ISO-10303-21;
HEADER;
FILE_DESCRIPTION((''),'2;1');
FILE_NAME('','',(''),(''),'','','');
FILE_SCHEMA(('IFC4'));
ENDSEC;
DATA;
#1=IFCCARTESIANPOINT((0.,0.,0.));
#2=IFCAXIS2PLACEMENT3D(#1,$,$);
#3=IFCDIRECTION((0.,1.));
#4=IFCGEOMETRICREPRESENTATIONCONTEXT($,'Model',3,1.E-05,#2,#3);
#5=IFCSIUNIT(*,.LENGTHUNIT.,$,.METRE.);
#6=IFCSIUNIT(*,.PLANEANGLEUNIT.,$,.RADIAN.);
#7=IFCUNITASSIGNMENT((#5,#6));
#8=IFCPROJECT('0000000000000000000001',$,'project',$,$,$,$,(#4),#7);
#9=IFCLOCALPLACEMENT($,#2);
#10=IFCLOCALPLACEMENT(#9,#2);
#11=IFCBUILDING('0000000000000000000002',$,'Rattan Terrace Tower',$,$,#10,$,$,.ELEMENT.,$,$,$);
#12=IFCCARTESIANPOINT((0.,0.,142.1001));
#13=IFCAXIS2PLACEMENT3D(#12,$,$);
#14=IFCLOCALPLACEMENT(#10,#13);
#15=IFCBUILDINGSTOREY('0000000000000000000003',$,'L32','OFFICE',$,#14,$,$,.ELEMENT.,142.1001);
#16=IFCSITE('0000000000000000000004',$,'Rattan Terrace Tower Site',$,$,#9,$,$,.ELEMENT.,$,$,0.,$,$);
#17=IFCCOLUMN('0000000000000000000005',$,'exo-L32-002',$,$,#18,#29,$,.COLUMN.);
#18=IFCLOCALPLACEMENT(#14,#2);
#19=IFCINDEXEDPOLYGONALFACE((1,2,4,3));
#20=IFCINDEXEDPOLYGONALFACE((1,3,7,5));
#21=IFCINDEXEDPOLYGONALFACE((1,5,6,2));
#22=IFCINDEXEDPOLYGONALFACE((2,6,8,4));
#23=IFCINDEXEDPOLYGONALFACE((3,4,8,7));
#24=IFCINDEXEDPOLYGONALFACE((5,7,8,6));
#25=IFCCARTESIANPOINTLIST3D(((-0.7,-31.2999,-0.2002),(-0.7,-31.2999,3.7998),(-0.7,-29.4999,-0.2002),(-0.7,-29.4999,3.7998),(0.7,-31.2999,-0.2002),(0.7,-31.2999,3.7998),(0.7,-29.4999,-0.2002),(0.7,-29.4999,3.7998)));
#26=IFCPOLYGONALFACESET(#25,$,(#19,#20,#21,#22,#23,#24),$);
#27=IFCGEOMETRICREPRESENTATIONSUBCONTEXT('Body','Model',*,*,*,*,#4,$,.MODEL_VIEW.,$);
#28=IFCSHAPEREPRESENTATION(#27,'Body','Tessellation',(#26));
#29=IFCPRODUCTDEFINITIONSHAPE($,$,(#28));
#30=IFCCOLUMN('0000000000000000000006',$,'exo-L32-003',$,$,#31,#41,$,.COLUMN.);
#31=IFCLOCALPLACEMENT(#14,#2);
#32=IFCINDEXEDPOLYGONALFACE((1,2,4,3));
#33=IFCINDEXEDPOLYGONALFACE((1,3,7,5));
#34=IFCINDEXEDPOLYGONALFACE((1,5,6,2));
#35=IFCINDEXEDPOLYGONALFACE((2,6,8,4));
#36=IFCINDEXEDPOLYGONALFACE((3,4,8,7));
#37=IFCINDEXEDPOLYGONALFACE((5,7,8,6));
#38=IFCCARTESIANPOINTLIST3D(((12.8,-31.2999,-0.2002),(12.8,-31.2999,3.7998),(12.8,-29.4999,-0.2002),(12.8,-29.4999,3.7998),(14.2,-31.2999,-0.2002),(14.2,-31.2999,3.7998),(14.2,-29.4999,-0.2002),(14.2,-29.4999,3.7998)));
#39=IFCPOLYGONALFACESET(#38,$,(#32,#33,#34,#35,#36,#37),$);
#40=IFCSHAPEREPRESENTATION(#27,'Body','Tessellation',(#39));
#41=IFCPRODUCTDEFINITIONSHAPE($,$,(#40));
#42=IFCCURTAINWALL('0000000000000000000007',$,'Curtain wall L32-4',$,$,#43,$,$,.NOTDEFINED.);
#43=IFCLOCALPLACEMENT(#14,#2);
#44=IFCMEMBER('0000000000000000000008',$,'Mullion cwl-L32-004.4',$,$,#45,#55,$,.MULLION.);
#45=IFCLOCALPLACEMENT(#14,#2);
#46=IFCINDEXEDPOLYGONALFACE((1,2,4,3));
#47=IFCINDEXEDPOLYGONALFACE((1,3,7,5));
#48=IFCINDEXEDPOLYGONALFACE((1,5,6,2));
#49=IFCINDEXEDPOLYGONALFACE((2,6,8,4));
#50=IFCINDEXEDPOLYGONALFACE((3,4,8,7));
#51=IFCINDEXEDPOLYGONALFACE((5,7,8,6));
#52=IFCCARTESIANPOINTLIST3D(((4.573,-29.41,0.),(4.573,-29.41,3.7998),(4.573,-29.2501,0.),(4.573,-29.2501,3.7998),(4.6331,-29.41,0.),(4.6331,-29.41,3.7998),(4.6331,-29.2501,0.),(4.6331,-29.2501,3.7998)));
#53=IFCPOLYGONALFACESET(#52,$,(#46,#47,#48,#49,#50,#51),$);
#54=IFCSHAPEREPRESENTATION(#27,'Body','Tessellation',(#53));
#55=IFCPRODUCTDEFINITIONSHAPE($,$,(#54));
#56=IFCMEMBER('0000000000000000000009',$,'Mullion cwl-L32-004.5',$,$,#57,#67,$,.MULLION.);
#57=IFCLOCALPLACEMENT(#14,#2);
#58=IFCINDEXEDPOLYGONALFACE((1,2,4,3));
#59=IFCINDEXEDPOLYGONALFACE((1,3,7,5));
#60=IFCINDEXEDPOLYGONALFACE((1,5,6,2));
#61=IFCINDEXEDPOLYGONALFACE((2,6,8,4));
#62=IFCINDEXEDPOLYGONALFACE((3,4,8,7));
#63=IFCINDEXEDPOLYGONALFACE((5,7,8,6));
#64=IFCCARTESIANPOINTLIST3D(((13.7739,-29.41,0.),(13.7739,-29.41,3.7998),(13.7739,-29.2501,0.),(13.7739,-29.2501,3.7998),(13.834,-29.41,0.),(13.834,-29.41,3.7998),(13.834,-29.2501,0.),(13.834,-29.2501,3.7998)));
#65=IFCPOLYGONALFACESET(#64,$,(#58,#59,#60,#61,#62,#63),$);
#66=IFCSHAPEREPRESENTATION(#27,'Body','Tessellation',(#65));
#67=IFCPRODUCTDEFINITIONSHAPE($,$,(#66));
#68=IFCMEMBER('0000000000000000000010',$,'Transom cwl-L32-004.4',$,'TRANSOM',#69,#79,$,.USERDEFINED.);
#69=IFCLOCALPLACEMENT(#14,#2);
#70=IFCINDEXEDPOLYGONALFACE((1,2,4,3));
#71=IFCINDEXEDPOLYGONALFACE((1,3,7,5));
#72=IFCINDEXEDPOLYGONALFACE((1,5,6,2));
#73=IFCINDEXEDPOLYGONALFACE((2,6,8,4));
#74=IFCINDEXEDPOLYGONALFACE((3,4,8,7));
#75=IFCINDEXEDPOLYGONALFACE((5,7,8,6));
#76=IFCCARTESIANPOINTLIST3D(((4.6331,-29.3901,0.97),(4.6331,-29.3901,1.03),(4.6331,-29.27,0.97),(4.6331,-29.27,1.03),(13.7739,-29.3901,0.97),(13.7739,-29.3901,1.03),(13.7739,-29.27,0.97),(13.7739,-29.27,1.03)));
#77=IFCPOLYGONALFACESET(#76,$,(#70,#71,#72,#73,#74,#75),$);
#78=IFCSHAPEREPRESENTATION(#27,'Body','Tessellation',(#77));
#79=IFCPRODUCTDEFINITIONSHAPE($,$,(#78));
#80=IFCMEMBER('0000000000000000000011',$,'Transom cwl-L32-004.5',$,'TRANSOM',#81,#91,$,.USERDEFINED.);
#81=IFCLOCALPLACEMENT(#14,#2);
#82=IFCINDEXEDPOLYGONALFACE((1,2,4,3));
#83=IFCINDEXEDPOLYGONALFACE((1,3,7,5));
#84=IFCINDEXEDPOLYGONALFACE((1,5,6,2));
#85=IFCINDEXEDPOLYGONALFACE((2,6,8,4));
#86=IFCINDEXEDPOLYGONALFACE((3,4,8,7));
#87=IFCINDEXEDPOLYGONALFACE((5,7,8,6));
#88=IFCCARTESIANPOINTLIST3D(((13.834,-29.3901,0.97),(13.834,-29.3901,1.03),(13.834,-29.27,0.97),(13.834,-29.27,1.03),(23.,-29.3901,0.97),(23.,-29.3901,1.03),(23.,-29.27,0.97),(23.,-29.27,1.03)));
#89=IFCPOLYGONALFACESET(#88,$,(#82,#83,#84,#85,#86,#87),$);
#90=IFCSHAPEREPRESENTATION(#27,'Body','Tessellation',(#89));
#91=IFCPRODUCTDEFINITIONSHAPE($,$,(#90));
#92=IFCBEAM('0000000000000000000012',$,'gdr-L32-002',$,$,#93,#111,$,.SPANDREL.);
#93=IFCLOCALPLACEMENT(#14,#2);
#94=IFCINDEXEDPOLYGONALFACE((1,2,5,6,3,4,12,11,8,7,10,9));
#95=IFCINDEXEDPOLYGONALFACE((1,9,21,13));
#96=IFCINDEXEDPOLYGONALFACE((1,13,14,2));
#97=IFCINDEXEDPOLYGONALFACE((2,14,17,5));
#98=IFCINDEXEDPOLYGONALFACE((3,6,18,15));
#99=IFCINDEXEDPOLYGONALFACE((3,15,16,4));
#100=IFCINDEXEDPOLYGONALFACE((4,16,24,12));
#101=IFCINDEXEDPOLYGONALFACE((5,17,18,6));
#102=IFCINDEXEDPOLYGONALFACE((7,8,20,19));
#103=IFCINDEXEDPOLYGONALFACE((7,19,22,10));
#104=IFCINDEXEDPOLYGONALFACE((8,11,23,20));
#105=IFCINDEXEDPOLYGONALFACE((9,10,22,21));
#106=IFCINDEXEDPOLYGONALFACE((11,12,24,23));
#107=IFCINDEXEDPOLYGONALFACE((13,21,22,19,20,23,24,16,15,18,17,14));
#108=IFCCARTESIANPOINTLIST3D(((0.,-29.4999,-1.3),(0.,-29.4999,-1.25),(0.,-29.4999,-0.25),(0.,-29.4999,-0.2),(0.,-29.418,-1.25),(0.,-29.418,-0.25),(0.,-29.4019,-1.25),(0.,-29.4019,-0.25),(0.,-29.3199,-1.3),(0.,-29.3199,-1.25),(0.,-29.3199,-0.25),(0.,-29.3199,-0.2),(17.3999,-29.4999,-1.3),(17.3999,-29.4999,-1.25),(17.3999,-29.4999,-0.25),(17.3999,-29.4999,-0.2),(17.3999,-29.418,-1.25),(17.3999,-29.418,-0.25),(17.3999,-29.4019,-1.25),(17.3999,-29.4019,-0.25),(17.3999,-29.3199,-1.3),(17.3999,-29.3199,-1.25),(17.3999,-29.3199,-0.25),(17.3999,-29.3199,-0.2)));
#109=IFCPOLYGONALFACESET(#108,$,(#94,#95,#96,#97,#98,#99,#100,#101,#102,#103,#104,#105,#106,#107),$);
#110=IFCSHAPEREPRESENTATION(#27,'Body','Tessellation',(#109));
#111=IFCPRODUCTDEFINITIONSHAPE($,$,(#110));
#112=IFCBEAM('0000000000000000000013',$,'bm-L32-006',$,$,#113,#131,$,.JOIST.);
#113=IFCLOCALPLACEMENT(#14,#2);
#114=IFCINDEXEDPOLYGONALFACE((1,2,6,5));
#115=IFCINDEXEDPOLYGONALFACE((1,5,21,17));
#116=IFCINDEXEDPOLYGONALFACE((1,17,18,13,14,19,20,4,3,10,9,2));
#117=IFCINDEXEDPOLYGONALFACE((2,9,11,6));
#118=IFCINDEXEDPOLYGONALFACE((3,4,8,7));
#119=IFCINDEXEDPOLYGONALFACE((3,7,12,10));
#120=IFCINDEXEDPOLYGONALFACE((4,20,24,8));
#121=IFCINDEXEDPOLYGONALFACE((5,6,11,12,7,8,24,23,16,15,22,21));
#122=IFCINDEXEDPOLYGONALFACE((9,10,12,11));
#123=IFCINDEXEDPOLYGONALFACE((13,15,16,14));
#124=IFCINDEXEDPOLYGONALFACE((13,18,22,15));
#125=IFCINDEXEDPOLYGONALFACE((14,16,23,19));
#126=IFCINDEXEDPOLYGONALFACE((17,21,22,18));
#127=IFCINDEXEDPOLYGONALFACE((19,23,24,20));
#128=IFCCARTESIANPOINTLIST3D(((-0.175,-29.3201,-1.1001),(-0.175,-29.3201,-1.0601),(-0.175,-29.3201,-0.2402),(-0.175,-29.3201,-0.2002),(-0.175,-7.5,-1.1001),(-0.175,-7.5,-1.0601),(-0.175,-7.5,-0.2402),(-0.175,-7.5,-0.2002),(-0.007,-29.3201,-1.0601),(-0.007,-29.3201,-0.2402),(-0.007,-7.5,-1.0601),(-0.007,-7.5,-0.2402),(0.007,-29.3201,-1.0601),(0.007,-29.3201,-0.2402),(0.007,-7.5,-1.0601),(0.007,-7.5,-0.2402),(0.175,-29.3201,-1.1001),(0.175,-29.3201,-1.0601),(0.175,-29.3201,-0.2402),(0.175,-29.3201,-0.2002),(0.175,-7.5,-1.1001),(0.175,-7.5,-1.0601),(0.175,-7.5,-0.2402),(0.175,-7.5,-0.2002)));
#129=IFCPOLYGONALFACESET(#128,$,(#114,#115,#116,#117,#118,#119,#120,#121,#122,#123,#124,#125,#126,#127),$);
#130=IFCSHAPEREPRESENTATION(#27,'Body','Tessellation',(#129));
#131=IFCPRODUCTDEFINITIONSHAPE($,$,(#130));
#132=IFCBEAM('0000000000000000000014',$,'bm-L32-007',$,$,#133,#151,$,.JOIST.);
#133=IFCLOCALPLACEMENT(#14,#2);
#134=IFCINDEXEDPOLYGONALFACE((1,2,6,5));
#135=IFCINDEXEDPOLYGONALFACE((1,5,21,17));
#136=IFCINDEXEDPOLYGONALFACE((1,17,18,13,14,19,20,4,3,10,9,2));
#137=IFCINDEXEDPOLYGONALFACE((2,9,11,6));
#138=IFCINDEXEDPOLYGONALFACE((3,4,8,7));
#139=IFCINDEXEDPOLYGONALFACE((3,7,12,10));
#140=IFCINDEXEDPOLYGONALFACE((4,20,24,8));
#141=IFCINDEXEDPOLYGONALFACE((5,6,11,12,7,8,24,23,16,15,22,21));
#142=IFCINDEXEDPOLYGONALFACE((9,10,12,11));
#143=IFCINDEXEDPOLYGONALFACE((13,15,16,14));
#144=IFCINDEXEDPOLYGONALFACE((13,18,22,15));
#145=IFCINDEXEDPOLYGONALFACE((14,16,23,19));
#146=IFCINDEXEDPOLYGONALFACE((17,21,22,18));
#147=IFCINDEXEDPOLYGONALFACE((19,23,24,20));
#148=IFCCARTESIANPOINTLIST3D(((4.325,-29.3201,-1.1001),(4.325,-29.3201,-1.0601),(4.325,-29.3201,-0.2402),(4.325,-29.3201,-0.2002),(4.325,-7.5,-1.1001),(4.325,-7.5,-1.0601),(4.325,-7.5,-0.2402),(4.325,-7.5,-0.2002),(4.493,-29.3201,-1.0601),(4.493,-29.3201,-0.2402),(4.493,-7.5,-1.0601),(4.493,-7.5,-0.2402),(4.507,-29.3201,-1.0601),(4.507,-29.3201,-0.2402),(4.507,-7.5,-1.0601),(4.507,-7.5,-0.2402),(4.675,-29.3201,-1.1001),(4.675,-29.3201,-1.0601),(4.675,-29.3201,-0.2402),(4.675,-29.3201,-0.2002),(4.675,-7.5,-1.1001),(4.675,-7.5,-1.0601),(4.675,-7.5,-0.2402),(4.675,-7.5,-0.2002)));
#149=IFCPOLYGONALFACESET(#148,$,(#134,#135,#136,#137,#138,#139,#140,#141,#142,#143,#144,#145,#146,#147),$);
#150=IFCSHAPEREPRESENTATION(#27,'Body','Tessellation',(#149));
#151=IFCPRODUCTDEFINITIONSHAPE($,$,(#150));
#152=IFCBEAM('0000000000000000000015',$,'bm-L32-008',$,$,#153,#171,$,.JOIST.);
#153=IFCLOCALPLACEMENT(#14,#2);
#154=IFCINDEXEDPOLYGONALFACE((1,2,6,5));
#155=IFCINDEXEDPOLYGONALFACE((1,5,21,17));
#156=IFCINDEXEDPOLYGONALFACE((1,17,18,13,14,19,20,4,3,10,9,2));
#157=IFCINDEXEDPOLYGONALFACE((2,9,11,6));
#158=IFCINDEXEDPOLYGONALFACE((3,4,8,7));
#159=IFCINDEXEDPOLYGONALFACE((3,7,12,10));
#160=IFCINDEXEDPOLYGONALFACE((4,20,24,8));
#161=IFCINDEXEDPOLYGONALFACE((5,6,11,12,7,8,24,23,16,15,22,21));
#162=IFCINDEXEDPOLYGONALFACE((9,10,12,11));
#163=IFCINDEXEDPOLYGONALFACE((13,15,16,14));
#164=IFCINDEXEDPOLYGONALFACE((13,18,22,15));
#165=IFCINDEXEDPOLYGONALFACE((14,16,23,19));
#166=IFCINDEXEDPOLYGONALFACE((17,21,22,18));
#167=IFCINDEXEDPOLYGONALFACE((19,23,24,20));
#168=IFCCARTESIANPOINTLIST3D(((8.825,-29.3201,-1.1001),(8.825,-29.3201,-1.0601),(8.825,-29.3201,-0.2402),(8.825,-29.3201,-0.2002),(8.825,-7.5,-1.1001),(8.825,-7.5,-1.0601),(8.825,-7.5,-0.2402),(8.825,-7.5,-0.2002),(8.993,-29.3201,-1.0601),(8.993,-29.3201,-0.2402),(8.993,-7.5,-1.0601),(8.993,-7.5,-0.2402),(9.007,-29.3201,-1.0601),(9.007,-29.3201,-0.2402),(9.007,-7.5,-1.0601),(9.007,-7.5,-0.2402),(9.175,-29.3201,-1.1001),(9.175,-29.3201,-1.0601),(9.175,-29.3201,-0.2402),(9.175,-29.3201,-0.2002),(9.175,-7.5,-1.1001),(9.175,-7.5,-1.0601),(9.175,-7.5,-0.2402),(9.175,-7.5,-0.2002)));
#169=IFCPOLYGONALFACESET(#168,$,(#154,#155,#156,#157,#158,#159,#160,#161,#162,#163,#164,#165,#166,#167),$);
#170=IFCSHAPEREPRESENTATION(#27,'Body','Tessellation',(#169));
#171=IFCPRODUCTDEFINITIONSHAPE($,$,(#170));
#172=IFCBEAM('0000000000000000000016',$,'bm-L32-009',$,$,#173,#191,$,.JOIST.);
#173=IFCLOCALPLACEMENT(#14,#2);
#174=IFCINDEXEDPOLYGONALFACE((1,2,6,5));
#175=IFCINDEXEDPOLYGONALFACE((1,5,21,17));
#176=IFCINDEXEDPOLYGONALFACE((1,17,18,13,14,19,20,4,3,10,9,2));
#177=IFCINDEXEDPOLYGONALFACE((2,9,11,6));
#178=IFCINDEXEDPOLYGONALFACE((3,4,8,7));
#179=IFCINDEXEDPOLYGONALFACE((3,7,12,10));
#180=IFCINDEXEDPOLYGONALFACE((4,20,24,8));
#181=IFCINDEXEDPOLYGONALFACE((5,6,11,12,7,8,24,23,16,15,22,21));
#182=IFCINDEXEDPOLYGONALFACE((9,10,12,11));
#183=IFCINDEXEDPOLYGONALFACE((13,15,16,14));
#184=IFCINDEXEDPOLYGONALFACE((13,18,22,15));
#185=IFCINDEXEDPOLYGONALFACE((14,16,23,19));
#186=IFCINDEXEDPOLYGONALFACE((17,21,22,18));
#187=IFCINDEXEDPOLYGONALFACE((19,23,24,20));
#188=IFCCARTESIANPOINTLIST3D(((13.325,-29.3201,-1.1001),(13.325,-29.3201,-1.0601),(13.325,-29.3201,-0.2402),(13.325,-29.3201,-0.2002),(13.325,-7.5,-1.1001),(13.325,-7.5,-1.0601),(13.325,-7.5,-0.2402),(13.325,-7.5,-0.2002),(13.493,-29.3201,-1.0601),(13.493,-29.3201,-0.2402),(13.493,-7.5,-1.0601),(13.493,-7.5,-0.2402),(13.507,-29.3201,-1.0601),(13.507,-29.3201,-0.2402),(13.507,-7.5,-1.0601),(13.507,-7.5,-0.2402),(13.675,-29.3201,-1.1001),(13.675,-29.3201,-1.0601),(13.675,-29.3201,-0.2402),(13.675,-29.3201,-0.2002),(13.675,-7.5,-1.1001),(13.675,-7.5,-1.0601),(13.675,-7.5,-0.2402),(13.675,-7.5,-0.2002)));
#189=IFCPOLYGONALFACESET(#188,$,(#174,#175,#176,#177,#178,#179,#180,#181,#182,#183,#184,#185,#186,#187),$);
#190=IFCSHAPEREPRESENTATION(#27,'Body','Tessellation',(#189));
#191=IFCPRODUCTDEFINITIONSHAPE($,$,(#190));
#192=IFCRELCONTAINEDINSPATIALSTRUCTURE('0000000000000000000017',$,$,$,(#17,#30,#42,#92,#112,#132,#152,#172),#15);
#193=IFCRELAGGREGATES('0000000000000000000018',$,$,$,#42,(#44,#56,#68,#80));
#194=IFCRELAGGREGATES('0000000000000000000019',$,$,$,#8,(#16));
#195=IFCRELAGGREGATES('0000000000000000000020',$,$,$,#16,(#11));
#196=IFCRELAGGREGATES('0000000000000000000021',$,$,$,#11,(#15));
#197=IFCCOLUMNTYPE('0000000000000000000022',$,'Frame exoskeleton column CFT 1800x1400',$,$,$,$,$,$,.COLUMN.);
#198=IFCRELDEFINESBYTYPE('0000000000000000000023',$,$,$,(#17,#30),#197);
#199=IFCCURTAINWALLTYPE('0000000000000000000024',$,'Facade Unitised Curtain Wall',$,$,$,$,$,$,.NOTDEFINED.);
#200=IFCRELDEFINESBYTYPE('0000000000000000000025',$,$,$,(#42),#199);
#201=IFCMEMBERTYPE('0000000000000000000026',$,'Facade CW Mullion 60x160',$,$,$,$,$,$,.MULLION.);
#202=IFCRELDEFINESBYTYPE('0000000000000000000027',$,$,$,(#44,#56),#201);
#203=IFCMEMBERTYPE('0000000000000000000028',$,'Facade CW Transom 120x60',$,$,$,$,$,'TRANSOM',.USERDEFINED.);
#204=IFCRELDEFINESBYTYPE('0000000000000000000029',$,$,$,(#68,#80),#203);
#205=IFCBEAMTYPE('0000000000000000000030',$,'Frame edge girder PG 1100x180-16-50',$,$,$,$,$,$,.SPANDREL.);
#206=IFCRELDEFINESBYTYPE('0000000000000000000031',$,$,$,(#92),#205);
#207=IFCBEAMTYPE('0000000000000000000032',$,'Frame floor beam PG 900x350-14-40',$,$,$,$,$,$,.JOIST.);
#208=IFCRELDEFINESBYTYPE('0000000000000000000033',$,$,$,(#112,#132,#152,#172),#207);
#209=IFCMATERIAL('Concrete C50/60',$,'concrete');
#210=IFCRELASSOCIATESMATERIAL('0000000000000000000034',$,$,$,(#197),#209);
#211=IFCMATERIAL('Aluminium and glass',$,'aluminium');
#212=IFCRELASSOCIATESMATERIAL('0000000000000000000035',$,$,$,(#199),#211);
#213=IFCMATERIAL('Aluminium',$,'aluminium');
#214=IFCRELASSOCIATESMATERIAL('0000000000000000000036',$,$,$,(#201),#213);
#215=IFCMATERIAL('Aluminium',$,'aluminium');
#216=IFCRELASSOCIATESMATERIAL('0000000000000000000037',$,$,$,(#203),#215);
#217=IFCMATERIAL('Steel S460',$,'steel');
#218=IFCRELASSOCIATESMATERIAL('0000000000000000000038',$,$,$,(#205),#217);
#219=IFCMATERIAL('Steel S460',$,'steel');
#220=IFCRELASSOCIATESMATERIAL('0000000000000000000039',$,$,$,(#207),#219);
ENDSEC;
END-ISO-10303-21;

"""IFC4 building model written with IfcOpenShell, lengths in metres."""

from ifc_helpers import new_model, si_unit, direction, frame, origin, origin_2d, place, context, subcontext, project, spatial, rectangle, i_section, extrude, material, material_profile, profile_set, type_object, element, aggregate, save


model = new_model("IFC4")

# Units and contexts
model_context = context("Model", 3, precision=1e-05, world=origin(), true_north=direction((0.0, 1.0)))
body_context = subcontext(model_context, "Body", "Model", "MODEL_VIEW")
ifc_project = project(units=[si_unit("LENGTHUNIT", "METRE"), si_unit("PLANEANGLEUNIT", "RADIAN")], contexts=[model_context])

# Site, building, storey
site_placement = place(None, origin())
site = spatial("IfcSite", under=ifc_project, at=site_placement, Name="Rattan Terrace Tower Site", CompositionType="ELEMENT", RefElevation=0.0)
building_placement = place(site_placement, origin())
building = spatial("IfcBuilding", under=site, at=building_placement, Name="Rattan Terrace Tower", CompositionType="ELEMENT")
storey_placement = place(building_placement, frame((0.0, 0.0, 142.1001)))
storey = spatial("IfcBuildingStorey", under=building, at=storey_placement, Name="L32", Description="OFFICE", CompositionType="ELEMENT", Elevation=142.1001)

# Columns
ifc_material_1 = material(Name="Concrete C50/60", Category="concrete")
ifc_material_profile_1 = material_profile(ifc_material_1, rectangle(XDim=1.3999, YDim=1.8, at=origin_2d()), Name="CFT 1800x1400")
ifc_profile_set_1 = profile_set([ifc_material_profile_1], Name="Concrete C50/60")
column_type = type_object("IfcColumnType", Name="Frame exoskeleton column CFT 1800x1400", PredefinedType="COLUMN", material=ifc_profile_set_1)
for number, where, z_axis, x_axis, name in (
    (1, (0.0, -30.3999, -0.2002), (0.0, 0.0, 1.0), (1.0, 0.0, 0.0), "exo-L32-002"),
    (2, (13.5, -30.3999, -0.2002), (0.0, 0.0, 1.0), (1.0, 0.0, 0.0), "exo-L32-003"),
):
    element("IfcColumn", number, at=place(storey_placement, frame(where, z_axis=z_axis, x_axis=x_axis)), inside=storey, type_object=column_type, Name=name, PredefinedType="COLUMN", context=body_context, shape_type="SweptSolid", body=[
        extrude(rectangle(XDim=1.3999, YDim=1.8, at=origin_2d()), origin(), (0.0, 0.0, 1.0), 4.0),
    ])

# Curtain wall, members
ifc_material_2 = material(Name="Aluminium and glass", Category="aluminium")
curtain_wall_type = type_object("IfcCurtainWallType", Name="Facade Unitised Curtain Wall", PredefinedType="NOTDEFINED", material=ifc_material_2)
curtain_wall_placement = place(storey_placement, origin())
curtain_wall = element("IfcCurtainWall", 3, at=curtain_wall_placement, inside=storey, type_object=curtain_wall_type, Name="Curtain wall L32-4", PredefinedType="NOTDEFINED")
ifc_material_3 = material(Name="Aluminium", Category="aluminium")
ifc_material_profile_2 = material_profile(ifc_material_3, rectangle(XDim=0.0601, YDim=0.1599, at=origin_2d()), Name="Aluminium 60x160")
ifc_profile_set_2 = profile_set([ifc_material_profile_2], Name="Aluminium")
member_type_1 = type_object("IfcMemberType", Name="Facade CW Mullion 60x160", PredefinedType="MULLION", material=ifc_profile_set_2)
member_1_placement = place(storey_placement, frame((4.603, -29.3301, 0.0), z_axis=(0.0, 0.0, 1.0), x_axis=(1.0, 0.0, 0.0)))
member_1 = element("IfcMember", 4, at=member_1_placement, type_object=member_type_1, Name="Mullion cwl-L32-004.4", PredefinedType="MULLION", context=body_context, shape_type="SweptSolid", body=[
    extrude(rectangle(XDim=0.0601, YDim=0.1599, at=origin_2d()), origin(), (0.0, 0.0, 1.0), 3.7998),
])
member_2_placement = place(storey_placement, frame((13.804, -29.3301, 0.0), z_axis=(0.0, 0.0, 1.0), x_axis=(1.0, 0.0, 0.0)))
member_2 = element("IfcMember", 5, at=member_2_placement, type_object=member_type_1, Name="Mullion cwl-L32-004.5", PredefinedType="MULLION", context=body_context, shape_type="SweptSolid", body=[
    extrude(rectangle(XDim=0.0601, YDim=0.1599, at=origin_2d()), origin(), (0.0, 0.0, 1.0), 3.7998),
])
ifc_material_4 = material(Name="Aluminium", Category="aluminium")
ifc_material_profile_3 = material_profile(ifc_material_4, rectangle(XDim=0.1201, YDim=0.0601, at=origin_2d()), Name="Aluminium 120x60")
ifc_profile_set_3 = profile_set([ifc_material_profile_3], Name="Aluminium")
member_type_2 = type_object("IfcMemberType", Name="Facade CW Transom 120x60", ElementType="TRANSOM", PredefinedType="USERDEFINED", material=ifc_profile_set_3)
member_3_placement = place(storey_placement, frame((4.6331, -29.3301, 1.0), z_axis=(1.0, 0.0, 0.0), x_axis=(0.0, 1.0, 0.0)))
member_3 = element("IfcMember", 6, at=member_3_placement, type_object=member_type_2, Name="Transom cwl-L32-004.4", ObjectType="TRANSOM", PredefinedType="USERDEFINED", context=body_context, shape_type="SweptSolid", body=[
    extrude(rectangle(XDim=0.1201, YDim=0.0601, at=origin_2d()), origin(), (0.0, 0.0, 1.0), 9.1409),
])
member_4_placement = place(storey_placement, frame((13.834, -29.3301, 1.0), z_axis=(1.0, 0.0, 0.0), x_axis=(0.0, 1.0, 0.0)))
member_4 = element("IfcMember", 7, at=member_4_placement, type_object=member_type_2, Name="Transom cwl-L32-004.5", ObjectType="TRANSOM", PredefinedType="USERDEFINED", context=body_context, shape_type="SweptSolid", body=[
    extrude(rectangle(XDim=0.1201, YDim=0.0601, at=origin_2d()), origin(), (0.0, 0.0, 1.0), 9.166),
])

# Beams
ifc_material_5 = material(Name="Steel S460", Category="steel")
ifc_material_profile_4 = material_profile(ifc_material_5, i_section(OverallWidth=0.1799, OverallDepth=1.1001, WebThickness=0.0161, FlangeThickness=0.05, at=origin_2d()), Name="PG 1100x180-16-50")
ifc_profile_set_4 = profile_set([ifc_material_profile_4], Name="Steel S460")
beam_type_1 = type_object("IfcBeamType", Name="Frame edge girder PG 1100x180-16-50", PredefinedType="SPANDREL", material=ifc_profile_set_4)
beam_placement = place(storey_placement, frame((17.3999, -29.4099, -0.75), z_axis=(-1.0, 0.0, 0.0), x_axis=(0.0, -1.0, 0.0)))
element("IfcBeam", 8, at=beam_placement, inside=storey, type_object=beam_type_1, Name="gdr-L32-002", PredefinedType="SPANDREL", context=body_context, shape_type="SweptSolid", body=[
    extrude(i_section(OverallWidth=0.1799, OverallDepth=1.1001, WebThickness=0.0161, FlangeThickness=0.05, at=origin_2d()), origin(), (0.0, 0.0, 1.0), 17.3999),
])
ifc_material_6 = material(Name="Steel S460", Category="steel")
ifc_material_profile_5 = material_profile(ifc_material_6, i_section(OverallWidth=0.3501, OverallDepth=0.8999, WebThickness=0.0139, FlangeThickness=0.04, at=origin_2d()), Name="PG 900x350-14-40")
ifc_profile_set_5 = profile_set([ifc_material_profile_5], Name="Steel S460")
beam_type_2 = type_object("IfcBeamType", Name="Frame floor beam PG 900x350-14-40", PredefinedType="JOIST", material=ifc_profile_set_5)
for number, where, z_axis, x_axis, name in (
    (9, (0.0, -29.3201, -0.6501), (0.0, 1.0, 0.0), (-1.0, 0.0, 0.0), "bm-L32-006"),
    (10, (4.5, -29.3201, -0.6501), (0.0, 1.0, 0.0), (-1.0, 0.0, 0.0), "bm-L32-007"),
    (11, (9.0, -29.3201, -0.6501), (0.0, 1.0, 0.0), (-1.0, 0.0, 0.0), "bm-L32-008"),
    (12, (13.5, -29.3201, -0.6501), (0.0, 1.0, 0.0), (-1.0, 0.0, 0.0), "bm-L32-009"),
):
    element("IfcBeam", number, at=place(storey_placement, frame(where, z_axis=z_axis, x_axis=x_axis)), inside=storey, type_object=beam_type_2, Name=name, PredefinedType="JOIST", context=body_context, shape_type="SweptSolid", body=[
        extrude(i_section(OverallWidth=0.3501, OverallDepth=0.8999, WebThickness=0.0139, FlangeThickness=0.04, at=origin_2d()), origin(), (0.0, 0.0, 1.0), 21.8201),
    ])

aggregate(curtain_wall, [member_1, member_2, member_3, member_4])

save(model, "model.ifc")
